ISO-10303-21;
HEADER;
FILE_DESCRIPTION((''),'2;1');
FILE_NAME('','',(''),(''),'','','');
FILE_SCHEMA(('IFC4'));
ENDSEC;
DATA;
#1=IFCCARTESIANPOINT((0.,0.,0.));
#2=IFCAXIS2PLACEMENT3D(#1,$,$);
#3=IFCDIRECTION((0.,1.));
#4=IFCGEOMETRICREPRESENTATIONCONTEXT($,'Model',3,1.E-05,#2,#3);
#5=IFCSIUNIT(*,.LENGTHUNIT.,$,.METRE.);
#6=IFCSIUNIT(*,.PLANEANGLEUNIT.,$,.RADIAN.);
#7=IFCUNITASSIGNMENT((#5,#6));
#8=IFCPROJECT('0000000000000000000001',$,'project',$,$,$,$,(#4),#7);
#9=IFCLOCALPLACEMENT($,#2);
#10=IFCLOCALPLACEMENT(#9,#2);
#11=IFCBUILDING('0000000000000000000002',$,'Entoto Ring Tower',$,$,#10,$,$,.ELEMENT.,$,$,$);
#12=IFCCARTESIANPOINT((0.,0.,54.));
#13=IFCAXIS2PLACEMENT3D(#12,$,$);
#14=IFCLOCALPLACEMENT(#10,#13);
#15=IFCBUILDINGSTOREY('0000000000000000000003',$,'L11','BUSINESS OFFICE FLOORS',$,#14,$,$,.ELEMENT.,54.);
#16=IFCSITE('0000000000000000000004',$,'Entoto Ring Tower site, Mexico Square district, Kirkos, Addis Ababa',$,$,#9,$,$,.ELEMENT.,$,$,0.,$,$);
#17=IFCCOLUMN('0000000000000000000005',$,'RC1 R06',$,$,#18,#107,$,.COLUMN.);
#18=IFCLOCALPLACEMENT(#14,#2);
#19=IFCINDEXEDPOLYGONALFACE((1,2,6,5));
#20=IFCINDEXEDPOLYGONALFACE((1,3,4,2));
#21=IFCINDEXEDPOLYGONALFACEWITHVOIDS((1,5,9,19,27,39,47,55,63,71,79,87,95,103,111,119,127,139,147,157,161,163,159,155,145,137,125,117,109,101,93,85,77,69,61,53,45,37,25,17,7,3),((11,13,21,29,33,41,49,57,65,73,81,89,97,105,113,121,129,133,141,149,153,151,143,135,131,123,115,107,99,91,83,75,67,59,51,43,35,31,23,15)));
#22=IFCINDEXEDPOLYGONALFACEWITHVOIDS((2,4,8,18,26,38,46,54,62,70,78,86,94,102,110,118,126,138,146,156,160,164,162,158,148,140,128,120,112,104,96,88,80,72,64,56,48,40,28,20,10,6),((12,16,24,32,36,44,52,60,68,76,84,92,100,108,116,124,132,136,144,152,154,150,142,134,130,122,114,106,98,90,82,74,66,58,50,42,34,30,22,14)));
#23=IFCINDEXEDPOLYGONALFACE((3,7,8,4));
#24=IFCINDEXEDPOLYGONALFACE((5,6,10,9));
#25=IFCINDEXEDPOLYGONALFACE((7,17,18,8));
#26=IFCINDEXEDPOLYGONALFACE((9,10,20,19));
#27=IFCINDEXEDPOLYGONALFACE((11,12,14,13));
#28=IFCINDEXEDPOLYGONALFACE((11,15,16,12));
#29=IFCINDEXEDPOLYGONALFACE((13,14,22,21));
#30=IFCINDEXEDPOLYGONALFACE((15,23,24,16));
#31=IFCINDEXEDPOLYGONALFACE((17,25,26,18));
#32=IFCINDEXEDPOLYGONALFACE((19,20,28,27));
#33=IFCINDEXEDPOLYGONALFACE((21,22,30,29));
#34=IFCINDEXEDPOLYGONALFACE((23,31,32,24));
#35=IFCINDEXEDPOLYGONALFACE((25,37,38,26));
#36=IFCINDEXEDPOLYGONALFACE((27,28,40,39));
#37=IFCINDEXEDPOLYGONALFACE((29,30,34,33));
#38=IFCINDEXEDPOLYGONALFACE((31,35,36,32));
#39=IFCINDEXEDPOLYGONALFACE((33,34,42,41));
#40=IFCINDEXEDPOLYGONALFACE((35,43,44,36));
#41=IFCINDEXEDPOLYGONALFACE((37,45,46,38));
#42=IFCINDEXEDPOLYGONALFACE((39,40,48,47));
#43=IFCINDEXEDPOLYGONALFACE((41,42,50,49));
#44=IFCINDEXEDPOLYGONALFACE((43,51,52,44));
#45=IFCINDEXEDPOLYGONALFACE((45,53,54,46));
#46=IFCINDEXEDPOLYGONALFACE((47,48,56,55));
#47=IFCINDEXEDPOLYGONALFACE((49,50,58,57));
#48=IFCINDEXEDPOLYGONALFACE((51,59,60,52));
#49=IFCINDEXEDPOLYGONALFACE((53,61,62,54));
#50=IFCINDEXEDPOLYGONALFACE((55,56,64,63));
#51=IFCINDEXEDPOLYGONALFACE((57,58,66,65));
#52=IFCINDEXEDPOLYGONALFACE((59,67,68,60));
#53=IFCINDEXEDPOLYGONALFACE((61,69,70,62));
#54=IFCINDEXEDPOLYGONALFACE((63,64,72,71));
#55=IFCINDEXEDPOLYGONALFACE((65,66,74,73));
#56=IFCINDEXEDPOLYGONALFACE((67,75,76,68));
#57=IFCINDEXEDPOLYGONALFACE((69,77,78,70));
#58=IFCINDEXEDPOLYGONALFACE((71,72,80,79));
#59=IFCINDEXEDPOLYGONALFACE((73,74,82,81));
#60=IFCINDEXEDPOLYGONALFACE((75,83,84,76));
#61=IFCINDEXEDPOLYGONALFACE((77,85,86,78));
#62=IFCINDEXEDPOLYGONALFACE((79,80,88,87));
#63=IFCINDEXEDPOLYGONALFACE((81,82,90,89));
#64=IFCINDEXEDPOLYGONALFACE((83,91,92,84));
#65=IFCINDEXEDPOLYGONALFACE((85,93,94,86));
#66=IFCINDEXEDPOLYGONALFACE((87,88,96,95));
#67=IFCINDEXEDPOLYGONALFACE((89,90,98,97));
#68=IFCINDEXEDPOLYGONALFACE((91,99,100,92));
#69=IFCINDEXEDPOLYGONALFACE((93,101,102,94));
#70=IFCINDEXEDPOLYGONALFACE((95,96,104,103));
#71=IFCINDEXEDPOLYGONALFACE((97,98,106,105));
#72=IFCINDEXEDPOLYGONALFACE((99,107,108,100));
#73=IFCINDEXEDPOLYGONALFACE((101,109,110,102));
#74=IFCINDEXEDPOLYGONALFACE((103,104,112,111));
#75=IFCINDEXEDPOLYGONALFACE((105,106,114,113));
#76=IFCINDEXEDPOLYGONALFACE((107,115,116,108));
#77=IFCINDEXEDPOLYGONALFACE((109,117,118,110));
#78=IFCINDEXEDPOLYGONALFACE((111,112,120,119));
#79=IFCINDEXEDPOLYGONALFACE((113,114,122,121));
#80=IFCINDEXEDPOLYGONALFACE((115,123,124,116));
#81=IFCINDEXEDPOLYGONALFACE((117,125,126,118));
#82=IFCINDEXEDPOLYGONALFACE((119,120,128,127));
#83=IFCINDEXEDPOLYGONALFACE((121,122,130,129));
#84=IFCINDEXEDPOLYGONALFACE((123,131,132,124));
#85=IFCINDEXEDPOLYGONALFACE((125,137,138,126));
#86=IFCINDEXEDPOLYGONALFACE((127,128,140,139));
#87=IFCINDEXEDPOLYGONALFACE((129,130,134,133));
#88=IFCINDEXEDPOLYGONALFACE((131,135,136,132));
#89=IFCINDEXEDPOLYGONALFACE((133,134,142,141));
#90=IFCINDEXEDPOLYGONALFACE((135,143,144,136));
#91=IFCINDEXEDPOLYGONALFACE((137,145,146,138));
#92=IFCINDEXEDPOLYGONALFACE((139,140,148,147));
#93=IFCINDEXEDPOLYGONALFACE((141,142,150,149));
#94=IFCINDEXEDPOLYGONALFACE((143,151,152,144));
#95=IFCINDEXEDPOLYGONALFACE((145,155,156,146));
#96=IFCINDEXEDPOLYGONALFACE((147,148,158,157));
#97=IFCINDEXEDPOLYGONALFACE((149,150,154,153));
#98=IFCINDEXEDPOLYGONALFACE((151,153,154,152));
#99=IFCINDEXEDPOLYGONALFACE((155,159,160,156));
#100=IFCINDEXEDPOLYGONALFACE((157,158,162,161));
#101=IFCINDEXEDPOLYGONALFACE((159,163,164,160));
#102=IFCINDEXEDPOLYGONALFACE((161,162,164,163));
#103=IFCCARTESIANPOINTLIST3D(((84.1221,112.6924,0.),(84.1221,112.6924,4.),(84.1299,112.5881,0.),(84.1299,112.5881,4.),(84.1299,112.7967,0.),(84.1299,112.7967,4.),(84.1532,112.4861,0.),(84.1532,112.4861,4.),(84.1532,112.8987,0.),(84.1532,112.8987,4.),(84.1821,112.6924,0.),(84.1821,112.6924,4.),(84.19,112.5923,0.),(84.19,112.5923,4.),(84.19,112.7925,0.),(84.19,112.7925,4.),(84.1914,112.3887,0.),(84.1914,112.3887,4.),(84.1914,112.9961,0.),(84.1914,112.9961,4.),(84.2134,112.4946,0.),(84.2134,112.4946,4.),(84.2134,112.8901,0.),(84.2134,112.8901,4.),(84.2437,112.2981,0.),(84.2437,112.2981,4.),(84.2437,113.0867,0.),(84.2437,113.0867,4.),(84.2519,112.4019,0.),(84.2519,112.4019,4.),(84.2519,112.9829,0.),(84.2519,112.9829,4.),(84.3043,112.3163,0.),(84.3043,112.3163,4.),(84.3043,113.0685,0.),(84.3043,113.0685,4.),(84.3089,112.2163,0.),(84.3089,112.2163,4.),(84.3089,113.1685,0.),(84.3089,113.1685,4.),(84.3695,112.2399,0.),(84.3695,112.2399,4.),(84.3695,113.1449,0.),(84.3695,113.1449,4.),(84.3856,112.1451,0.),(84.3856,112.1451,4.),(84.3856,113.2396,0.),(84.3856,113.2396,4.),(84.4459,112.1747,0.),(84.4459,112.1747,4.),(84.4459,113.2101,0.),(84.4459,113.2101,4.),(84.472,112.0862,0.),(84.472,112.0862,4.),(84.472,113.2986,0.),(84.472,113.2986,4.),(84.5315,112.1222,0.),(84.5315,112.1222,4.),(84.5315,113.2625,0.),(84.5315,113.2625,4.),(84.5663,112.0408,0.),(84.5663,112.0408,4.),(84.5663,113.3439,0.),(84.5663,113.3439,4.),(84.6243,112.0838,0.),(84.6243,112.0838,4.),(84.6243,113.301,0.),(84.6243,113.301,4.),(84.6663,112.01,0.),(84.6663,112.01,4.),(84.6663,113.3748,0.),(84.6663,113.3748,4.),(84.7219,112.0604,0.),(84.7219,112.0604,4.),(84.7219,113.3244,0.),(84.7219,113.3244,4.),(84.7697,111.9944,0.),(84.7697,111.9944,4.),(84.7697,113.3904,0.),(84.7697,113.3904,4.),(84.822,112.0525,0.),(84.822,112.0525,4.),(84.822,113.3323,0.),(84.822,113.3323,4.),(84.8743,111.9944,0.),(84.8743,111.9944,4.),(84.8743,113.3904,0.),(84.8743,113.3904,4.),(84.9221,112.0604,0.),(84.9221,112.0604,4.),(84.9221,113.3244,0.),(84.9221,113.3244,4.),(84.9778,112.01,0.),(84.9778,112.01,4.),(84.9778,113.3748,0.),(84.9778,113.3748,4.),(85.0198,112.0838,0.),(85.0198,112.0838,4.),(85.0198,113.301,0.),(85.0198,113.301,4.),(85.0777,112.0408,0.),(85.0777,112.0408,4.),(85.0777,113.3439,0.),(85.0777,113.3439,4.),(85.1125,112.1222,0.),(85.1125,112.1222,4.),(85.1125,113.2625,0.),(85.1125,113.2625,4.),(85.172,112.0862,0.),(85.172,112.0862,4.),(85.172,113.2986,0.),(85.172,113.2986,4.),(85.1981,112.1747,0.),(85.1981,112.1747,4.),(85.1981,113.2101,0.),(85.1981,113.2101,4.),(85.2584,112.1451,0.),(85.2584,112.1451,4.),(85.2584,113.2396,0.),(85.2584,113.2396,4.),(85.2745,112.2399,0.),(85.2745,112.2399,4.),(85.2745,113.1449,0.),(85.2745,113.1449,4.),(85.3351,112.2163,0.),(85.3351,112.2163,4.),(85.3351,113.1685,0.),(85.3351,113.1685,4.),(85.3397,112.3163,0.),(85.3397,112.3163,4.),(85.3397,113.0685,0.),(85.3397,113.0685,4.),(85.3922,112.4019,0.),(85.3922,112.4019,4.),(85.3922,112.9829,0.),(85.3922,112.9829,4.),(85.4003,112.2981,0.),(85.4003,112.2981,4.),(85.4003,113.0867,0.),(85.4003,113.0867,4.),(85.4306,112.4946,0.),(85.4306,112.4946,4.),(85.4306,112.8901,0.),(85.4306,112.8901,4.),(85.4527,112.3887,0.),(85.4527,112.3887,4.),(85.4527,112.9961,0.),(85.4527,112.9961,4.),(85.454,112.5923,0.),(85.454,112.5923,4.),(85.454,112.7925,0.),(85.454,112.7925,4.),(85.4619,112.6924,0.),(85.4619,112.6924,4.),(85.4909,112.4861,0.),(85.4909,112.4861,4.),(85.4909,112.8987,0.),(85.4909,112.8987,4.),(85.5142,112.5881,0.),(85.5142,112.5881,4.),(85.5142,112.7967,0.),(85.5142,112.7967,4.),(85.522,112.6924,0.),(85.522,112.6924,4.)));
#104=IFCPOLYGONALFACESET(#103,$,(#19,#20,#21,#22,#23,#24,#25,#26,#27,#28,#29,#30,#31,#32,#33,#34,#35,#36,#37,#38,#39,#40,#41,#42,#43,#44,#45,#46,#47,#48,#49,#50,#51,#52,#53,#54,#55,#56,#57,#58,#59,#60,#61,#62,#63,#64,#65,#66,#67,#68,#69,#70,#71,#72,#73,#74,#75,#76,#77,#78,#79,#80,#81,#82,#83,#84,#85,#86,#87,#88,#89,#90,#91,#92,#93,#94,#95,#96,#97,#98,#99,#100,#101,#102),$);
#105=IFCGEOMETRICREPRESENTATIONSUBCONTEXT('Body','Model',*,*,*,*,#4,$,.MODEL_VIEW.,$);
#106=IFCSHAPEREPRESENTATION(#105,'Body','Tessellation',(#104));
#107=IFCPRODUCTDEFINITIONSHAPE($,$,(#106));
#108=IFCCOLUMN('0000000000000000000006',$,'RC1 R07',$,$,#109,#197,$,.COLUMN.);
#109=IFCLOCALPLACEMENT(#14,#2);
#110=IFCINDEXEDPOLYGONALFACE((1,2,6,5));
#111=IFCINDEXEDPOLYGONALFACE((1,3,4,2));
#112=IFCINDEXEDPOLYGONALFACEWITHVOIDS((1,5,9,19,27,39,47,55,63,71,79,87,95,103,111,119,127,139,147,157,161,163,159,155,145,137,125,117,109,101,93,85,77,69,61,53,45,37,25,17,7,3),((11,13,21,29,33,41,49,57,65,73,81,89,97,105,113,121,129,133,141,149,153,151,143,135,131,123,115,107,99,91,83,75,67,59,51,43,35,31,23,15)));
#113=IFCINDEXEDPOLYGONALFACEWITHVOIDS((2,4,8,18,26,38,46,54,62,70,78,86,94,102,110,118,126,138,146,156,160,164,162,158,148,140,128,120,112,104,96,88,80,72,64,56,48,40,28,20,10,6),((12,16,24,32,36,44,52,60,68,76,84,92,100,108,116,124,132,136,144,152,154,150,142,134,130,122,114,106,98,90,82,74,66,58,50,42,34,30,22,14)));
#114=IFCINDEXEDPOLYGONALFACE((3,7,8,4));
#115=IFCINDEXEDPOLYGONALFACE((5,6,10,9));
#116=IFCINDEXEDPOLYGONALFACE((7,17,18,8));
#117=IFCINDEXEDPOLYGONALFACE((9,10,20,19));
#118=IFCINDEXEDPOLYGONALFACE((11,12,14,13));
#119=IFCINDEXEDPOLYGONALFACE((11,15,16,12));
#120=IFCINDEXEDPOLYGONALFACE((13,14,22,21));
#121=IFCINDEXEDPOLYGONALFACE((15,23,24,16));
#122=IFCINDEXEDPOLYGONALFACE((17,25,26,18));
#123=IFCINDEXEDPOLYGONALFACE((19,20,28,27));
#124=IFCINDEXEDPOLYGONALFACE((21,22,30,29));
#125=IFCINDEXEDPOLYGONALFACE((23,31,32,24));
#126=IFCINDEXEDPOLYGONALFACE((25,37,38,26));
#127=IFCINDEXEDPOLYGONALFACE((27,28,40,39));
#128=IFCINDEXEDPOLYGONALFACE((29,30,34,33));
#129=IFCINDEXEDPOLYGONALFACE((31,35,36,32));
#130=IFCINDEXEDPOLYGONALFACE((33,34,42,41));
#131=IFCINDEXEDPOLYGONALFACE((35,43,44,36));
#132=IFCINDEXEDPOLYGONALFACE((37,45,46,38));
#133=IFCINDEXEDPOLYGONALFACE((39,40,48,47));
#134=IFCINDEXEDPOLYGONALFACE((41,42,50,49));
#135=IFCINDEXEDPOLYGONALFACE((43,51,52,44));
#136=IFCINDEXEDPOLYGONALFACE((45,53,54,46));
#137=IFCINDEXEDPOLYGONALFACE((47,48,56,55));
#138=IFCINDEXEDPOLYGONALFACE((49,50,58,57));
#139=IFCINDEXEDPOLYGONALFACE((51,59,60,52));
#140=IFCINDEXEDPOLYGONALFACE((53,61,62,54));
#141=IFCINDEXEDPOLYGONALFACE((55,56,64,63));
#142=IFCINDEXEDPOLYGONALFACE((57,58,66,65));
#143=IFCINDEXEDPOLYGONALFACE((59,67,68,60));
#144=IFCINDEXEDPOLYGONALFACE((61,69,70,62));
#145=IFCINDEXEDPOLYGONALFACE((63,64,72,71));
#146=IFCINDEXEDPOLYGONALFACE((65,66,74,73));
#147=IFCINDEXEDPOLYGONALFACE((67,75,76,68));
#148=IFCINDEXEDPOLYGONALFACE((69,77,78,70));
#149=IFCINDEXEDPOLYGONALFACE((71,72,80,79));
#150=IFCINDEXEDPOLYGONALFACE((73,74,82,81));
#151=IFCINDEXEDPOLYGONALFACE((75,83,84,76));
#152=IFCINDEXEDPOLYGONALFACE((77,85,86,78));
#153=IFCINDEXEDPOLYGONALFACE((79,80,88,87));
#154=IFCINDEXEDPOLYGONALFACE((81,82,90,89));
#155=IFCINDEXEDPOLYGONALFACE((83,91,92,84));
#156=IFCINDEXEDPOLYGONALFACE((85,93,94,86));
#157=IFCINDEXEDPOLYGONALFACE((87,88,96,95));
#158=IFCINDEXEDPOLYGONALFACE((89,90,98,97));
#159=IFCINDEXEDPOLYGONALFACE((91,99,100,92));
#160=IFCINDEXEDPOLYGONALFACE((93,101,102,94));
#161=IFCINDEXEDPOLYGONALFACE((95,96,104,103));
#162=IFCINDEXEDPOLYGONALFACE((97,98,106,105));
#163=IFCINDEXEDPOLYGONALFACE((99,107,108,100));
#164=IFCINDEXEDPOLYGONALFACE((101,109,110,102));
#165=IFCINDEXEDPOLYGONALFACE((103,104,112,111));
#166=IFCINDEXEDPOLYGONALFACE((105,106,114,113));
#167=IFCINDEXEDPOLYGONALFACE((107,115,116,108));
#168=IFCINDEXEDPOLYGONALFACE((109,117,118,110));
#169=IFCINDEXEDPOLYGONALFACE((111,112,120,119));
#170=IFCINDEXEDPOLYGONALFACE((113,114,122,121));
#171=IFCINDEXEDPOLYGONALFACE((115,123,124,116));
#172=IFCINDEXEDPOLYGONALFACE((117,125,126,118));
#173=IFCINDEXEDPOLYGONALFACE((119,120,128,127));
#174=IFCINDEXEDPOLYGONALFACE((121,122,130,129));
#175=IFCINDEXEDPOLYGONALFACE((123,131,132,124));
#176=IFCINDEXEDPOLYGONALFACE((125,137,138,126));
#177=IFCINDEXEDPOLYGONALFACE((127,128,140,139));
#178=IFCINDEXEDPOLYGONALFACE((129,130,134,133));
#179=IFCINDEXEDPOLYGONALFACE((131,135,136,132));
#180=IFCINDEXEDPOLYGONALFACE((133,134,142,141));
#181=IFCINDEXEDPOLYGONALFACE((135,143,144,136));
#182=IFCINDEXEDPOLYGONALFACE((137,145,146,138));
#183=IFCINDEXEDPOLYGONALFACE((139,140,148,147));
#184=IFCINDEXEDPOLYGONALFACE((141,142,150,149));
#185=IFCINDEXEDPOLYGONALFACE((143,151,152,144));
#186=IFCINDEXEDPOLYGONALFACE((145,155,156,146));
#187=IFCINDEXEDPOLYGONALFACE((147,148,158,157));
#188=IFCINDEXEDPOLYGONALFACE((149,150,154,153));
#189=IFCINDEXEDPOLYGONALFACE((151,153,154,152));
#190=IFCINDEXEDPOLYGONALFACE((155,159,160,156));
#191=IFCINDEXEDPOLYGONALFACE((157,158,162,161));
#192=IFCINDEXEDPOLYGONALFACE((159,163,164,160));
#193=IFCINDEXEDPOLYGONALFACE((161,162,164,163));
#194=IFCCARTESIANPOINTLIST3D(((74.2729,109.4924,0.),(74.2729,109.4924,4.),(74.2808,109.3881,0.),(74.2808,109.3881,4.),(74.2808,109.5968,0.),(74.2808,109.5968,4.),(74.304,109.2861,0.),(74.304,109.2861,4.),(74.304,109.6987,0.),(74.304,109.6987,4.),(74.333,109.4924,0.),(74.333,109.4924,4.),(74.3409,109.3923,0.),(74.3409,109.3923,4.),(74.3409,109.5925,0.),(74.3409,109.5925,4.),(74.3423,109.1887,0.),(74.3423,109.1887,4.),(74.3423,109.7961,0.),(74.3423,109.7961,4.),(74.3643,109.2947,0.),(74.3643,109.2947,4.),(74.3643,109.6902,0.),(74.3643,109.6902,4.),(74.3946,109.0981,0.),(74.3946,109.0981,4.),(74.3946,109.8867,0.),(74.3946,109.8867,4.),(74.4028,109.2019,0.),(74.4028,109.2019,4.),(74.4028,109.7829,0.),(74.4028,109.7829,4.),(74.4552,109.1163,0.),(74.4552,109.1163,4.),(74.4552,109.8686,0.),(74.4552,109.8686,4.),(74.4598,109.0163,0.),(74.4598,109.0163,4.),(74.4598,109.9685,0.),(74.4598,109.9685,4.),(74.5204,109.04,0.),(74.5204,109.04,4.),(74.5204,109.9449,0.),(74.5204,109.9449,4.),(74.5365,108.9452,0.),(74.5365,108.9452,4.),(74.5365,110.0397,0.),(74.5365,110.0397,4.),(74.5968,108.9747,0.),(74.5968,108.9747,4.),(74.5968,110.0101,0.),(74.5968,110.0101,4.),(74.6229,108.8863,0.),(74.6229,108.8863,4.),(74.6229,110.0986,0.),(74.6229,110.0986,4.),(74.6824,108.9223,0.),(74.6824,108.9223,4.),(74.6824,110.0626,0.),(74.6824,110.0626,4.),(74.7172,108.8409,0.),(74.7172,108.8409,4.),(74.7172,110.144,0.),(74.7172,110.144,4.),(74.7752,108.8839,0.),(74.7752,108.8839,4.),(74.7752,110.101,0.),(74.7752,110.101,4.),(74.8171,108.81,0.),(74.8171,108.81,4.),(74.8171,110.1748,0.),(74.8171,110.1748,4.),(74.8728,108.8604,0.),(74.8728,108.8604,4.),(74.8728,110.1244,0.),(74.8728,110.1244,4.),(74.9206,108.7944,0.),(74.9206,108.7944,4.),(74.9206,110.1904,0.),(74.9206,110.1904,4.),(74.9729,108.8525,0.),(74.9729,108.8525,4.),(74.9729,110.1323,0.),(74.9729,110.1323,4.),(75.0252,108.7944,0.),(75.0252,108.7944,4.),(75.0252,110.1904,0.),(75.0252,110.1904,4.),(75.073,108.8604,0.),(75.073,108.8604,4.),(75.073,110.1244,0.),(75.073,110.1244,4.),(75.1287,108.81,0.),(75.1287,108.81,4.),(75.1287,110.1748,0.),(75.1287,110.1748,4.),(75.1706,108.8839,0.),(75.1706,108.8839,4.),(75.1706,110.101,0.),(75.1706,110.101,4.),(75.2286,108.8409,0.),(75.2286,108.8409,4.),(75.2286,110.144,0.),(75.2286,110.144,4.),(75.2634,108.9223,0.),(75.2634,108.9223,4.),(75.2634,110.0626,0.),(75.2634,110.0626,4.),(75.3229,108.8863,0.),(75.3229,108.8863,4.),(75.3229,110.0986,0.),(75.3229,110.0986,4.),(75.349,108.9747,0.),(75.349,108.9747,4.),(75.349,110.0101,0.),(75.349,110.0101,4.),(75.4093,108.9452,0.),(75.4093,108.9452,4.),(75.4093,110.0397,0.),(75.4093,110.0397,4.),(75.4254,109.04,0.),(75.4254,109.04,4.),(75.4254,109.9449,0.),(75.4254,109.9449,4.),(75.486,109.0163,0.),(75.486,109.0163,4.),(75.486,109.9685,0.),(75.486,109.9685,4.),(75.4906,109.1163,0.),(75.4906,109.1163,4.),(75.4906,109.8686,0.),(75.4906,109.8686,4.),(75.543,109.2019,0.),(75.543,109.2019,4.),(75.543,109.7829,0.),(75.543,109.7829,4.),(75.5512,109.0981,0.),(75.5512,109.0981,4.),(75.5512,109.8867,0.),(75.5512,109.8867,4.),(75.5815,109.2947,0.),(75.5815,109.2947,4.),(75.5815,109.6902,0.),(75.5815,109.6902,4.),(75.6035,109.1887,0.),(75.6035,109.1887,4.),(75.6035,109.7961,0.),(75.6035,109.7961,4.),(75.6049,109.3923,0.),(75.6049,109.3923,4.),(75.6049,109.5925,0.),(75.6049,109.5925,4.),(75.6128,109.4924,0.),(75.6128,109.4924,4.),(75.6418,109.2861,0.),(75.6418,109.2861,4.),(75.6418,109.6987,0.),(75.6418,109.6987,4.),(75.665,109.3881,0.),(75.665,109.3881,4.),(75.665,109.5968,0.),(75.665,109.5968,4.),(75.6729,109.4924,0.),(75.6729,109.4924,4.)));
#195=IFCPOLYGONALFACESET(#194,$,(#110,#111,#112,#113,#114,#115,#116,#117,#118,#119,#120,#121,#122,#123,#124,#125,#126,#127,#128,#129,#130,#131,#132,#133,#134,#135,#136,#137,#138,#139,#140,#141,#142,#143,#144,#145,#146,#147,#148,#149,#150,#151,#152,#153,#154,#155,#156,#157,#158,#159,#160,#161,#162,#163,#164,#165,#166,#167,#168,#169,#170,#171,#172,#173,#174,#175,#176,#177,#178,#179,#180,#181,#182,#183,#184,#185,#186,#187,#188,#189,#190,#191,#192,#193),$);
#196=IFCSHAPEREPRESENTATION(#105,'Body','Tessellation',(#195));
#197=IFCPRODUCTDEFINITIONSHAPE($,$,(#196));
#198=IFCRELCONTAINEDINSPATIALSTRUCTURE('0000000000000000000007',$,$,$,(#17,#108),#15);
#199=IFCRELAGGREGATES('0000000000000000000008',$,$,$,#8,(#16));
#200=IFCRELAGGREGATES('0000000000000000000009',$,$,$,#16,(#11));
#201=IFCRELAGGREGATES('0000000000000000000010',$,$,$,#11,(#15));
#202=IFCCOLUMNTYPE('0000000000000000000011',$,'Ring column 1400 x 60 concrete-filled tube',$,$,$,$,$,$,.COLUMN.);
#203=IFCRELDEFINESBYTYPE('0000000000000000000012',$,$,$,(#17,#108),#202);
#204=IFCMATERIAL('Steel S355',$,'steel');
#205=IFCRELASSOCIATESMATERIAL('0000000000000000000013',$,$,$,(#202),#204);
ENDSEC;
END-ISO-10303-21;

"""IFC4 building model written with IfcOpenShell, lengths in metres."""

from ifc_helpers import new_model, si_unit, direction, frame, origin, origin_2d, place, context, subcontext, project, spatial, circle, hollow_circle, extrude, material, material_profile, profile_set, type_object, element, save


model = new_model("IFC4")

# Units and contexts
model_context = context("Model", 3, precision=1e-05, world=origin(), true_north=direction((0.0, 1.0)))
body_context = subcontext(model_context, "Body", "Model", "MODEL_VIEW")
ifc_project = project(units=[si_unit("LENGTHUNIT", "METRE"), si_unit("PLANEANGLEUNIT", "RADIAN")], contexts=[model_context])

# Site, building, storey
site_placement = place(None, origin())
site = spatial("IfcSite", under=ifc_project, at=site_placement, Name="Entoto Ring Tower site, Mexico Square district, Kirkos, Addis Ababa", CompositionType="ELEMENT", RefElevation=0.0)
building_placement = place(site_placement, origin())
building = spatial("IfcBuilding", under=site, at=building_placement, Name="Entoto Ring Tower", CompositionType="ELEMENT")
storey_placement = place(building_placement, frame((0.0, 0.0, 54.0)))
storey = spatial("IfcBuildingStorey", under=building, at=storey_placement, Name="L11", Description="BUSINESS OFFICE FLOORS", CompositionType="ELEMENT", Elevation=54.0)

# Columns
ifc_material_1 = material(Name="Steel S355", Category="steel")
ifc_material_profile_1 = material_profile(ifc_material_1, hollow_circle(Radius=0.7, WallThickness=0.0601, at=origin_2d()), Name="CHS 1400 x 60")
ifc_material_2 = material(Name="Concrete C60/75", Category="concrete")
ifc_material_profile_2 = material_profile(ifc_material_2, circle(Radius=0.6399, at=origin_2d()), Name="Concrete C60/75 infill")
ifc_profile_set_1 = profile_set([ifc_material_profile_1, ifc_material_profile_2], Name="Steel S355")
column_type = type_object("IfcColumnType", Name="Ring column 1400 x 60 concrete-filled tube", PredefinedType="COLUMN", material=ifc_profile_set_1)
for number, where, z_axis, x_axis, name in (
    (1, (84.822, 112.6924, 0.0), (0.0, 0.0, 1.0), (1.0, 0.0, 0.0), "RC1 R06"),
    (2, (74.9729, 109.4924, 0.0), (0.0, 0.0, 1.0), (1.0, 0.0, 0.0), "RC1 R07"),
):
    element("IfcColumn", number, at=place(storey_placement, frame(where, z_axis=z_axis, x_axis=x_axis)), inside=storey, type_object=column_type, Name=name, PredefinedType="COLUMN", context=body_context, shape_type="SweptSolid", body=[
        extrude(hollow_circle(Radius=0.7, WallThickness=0.0601, at=origin_2d()), origin(), (0.0, 0.0, 1.0), 4.0),
    ])

save(model, "model.ifc")
